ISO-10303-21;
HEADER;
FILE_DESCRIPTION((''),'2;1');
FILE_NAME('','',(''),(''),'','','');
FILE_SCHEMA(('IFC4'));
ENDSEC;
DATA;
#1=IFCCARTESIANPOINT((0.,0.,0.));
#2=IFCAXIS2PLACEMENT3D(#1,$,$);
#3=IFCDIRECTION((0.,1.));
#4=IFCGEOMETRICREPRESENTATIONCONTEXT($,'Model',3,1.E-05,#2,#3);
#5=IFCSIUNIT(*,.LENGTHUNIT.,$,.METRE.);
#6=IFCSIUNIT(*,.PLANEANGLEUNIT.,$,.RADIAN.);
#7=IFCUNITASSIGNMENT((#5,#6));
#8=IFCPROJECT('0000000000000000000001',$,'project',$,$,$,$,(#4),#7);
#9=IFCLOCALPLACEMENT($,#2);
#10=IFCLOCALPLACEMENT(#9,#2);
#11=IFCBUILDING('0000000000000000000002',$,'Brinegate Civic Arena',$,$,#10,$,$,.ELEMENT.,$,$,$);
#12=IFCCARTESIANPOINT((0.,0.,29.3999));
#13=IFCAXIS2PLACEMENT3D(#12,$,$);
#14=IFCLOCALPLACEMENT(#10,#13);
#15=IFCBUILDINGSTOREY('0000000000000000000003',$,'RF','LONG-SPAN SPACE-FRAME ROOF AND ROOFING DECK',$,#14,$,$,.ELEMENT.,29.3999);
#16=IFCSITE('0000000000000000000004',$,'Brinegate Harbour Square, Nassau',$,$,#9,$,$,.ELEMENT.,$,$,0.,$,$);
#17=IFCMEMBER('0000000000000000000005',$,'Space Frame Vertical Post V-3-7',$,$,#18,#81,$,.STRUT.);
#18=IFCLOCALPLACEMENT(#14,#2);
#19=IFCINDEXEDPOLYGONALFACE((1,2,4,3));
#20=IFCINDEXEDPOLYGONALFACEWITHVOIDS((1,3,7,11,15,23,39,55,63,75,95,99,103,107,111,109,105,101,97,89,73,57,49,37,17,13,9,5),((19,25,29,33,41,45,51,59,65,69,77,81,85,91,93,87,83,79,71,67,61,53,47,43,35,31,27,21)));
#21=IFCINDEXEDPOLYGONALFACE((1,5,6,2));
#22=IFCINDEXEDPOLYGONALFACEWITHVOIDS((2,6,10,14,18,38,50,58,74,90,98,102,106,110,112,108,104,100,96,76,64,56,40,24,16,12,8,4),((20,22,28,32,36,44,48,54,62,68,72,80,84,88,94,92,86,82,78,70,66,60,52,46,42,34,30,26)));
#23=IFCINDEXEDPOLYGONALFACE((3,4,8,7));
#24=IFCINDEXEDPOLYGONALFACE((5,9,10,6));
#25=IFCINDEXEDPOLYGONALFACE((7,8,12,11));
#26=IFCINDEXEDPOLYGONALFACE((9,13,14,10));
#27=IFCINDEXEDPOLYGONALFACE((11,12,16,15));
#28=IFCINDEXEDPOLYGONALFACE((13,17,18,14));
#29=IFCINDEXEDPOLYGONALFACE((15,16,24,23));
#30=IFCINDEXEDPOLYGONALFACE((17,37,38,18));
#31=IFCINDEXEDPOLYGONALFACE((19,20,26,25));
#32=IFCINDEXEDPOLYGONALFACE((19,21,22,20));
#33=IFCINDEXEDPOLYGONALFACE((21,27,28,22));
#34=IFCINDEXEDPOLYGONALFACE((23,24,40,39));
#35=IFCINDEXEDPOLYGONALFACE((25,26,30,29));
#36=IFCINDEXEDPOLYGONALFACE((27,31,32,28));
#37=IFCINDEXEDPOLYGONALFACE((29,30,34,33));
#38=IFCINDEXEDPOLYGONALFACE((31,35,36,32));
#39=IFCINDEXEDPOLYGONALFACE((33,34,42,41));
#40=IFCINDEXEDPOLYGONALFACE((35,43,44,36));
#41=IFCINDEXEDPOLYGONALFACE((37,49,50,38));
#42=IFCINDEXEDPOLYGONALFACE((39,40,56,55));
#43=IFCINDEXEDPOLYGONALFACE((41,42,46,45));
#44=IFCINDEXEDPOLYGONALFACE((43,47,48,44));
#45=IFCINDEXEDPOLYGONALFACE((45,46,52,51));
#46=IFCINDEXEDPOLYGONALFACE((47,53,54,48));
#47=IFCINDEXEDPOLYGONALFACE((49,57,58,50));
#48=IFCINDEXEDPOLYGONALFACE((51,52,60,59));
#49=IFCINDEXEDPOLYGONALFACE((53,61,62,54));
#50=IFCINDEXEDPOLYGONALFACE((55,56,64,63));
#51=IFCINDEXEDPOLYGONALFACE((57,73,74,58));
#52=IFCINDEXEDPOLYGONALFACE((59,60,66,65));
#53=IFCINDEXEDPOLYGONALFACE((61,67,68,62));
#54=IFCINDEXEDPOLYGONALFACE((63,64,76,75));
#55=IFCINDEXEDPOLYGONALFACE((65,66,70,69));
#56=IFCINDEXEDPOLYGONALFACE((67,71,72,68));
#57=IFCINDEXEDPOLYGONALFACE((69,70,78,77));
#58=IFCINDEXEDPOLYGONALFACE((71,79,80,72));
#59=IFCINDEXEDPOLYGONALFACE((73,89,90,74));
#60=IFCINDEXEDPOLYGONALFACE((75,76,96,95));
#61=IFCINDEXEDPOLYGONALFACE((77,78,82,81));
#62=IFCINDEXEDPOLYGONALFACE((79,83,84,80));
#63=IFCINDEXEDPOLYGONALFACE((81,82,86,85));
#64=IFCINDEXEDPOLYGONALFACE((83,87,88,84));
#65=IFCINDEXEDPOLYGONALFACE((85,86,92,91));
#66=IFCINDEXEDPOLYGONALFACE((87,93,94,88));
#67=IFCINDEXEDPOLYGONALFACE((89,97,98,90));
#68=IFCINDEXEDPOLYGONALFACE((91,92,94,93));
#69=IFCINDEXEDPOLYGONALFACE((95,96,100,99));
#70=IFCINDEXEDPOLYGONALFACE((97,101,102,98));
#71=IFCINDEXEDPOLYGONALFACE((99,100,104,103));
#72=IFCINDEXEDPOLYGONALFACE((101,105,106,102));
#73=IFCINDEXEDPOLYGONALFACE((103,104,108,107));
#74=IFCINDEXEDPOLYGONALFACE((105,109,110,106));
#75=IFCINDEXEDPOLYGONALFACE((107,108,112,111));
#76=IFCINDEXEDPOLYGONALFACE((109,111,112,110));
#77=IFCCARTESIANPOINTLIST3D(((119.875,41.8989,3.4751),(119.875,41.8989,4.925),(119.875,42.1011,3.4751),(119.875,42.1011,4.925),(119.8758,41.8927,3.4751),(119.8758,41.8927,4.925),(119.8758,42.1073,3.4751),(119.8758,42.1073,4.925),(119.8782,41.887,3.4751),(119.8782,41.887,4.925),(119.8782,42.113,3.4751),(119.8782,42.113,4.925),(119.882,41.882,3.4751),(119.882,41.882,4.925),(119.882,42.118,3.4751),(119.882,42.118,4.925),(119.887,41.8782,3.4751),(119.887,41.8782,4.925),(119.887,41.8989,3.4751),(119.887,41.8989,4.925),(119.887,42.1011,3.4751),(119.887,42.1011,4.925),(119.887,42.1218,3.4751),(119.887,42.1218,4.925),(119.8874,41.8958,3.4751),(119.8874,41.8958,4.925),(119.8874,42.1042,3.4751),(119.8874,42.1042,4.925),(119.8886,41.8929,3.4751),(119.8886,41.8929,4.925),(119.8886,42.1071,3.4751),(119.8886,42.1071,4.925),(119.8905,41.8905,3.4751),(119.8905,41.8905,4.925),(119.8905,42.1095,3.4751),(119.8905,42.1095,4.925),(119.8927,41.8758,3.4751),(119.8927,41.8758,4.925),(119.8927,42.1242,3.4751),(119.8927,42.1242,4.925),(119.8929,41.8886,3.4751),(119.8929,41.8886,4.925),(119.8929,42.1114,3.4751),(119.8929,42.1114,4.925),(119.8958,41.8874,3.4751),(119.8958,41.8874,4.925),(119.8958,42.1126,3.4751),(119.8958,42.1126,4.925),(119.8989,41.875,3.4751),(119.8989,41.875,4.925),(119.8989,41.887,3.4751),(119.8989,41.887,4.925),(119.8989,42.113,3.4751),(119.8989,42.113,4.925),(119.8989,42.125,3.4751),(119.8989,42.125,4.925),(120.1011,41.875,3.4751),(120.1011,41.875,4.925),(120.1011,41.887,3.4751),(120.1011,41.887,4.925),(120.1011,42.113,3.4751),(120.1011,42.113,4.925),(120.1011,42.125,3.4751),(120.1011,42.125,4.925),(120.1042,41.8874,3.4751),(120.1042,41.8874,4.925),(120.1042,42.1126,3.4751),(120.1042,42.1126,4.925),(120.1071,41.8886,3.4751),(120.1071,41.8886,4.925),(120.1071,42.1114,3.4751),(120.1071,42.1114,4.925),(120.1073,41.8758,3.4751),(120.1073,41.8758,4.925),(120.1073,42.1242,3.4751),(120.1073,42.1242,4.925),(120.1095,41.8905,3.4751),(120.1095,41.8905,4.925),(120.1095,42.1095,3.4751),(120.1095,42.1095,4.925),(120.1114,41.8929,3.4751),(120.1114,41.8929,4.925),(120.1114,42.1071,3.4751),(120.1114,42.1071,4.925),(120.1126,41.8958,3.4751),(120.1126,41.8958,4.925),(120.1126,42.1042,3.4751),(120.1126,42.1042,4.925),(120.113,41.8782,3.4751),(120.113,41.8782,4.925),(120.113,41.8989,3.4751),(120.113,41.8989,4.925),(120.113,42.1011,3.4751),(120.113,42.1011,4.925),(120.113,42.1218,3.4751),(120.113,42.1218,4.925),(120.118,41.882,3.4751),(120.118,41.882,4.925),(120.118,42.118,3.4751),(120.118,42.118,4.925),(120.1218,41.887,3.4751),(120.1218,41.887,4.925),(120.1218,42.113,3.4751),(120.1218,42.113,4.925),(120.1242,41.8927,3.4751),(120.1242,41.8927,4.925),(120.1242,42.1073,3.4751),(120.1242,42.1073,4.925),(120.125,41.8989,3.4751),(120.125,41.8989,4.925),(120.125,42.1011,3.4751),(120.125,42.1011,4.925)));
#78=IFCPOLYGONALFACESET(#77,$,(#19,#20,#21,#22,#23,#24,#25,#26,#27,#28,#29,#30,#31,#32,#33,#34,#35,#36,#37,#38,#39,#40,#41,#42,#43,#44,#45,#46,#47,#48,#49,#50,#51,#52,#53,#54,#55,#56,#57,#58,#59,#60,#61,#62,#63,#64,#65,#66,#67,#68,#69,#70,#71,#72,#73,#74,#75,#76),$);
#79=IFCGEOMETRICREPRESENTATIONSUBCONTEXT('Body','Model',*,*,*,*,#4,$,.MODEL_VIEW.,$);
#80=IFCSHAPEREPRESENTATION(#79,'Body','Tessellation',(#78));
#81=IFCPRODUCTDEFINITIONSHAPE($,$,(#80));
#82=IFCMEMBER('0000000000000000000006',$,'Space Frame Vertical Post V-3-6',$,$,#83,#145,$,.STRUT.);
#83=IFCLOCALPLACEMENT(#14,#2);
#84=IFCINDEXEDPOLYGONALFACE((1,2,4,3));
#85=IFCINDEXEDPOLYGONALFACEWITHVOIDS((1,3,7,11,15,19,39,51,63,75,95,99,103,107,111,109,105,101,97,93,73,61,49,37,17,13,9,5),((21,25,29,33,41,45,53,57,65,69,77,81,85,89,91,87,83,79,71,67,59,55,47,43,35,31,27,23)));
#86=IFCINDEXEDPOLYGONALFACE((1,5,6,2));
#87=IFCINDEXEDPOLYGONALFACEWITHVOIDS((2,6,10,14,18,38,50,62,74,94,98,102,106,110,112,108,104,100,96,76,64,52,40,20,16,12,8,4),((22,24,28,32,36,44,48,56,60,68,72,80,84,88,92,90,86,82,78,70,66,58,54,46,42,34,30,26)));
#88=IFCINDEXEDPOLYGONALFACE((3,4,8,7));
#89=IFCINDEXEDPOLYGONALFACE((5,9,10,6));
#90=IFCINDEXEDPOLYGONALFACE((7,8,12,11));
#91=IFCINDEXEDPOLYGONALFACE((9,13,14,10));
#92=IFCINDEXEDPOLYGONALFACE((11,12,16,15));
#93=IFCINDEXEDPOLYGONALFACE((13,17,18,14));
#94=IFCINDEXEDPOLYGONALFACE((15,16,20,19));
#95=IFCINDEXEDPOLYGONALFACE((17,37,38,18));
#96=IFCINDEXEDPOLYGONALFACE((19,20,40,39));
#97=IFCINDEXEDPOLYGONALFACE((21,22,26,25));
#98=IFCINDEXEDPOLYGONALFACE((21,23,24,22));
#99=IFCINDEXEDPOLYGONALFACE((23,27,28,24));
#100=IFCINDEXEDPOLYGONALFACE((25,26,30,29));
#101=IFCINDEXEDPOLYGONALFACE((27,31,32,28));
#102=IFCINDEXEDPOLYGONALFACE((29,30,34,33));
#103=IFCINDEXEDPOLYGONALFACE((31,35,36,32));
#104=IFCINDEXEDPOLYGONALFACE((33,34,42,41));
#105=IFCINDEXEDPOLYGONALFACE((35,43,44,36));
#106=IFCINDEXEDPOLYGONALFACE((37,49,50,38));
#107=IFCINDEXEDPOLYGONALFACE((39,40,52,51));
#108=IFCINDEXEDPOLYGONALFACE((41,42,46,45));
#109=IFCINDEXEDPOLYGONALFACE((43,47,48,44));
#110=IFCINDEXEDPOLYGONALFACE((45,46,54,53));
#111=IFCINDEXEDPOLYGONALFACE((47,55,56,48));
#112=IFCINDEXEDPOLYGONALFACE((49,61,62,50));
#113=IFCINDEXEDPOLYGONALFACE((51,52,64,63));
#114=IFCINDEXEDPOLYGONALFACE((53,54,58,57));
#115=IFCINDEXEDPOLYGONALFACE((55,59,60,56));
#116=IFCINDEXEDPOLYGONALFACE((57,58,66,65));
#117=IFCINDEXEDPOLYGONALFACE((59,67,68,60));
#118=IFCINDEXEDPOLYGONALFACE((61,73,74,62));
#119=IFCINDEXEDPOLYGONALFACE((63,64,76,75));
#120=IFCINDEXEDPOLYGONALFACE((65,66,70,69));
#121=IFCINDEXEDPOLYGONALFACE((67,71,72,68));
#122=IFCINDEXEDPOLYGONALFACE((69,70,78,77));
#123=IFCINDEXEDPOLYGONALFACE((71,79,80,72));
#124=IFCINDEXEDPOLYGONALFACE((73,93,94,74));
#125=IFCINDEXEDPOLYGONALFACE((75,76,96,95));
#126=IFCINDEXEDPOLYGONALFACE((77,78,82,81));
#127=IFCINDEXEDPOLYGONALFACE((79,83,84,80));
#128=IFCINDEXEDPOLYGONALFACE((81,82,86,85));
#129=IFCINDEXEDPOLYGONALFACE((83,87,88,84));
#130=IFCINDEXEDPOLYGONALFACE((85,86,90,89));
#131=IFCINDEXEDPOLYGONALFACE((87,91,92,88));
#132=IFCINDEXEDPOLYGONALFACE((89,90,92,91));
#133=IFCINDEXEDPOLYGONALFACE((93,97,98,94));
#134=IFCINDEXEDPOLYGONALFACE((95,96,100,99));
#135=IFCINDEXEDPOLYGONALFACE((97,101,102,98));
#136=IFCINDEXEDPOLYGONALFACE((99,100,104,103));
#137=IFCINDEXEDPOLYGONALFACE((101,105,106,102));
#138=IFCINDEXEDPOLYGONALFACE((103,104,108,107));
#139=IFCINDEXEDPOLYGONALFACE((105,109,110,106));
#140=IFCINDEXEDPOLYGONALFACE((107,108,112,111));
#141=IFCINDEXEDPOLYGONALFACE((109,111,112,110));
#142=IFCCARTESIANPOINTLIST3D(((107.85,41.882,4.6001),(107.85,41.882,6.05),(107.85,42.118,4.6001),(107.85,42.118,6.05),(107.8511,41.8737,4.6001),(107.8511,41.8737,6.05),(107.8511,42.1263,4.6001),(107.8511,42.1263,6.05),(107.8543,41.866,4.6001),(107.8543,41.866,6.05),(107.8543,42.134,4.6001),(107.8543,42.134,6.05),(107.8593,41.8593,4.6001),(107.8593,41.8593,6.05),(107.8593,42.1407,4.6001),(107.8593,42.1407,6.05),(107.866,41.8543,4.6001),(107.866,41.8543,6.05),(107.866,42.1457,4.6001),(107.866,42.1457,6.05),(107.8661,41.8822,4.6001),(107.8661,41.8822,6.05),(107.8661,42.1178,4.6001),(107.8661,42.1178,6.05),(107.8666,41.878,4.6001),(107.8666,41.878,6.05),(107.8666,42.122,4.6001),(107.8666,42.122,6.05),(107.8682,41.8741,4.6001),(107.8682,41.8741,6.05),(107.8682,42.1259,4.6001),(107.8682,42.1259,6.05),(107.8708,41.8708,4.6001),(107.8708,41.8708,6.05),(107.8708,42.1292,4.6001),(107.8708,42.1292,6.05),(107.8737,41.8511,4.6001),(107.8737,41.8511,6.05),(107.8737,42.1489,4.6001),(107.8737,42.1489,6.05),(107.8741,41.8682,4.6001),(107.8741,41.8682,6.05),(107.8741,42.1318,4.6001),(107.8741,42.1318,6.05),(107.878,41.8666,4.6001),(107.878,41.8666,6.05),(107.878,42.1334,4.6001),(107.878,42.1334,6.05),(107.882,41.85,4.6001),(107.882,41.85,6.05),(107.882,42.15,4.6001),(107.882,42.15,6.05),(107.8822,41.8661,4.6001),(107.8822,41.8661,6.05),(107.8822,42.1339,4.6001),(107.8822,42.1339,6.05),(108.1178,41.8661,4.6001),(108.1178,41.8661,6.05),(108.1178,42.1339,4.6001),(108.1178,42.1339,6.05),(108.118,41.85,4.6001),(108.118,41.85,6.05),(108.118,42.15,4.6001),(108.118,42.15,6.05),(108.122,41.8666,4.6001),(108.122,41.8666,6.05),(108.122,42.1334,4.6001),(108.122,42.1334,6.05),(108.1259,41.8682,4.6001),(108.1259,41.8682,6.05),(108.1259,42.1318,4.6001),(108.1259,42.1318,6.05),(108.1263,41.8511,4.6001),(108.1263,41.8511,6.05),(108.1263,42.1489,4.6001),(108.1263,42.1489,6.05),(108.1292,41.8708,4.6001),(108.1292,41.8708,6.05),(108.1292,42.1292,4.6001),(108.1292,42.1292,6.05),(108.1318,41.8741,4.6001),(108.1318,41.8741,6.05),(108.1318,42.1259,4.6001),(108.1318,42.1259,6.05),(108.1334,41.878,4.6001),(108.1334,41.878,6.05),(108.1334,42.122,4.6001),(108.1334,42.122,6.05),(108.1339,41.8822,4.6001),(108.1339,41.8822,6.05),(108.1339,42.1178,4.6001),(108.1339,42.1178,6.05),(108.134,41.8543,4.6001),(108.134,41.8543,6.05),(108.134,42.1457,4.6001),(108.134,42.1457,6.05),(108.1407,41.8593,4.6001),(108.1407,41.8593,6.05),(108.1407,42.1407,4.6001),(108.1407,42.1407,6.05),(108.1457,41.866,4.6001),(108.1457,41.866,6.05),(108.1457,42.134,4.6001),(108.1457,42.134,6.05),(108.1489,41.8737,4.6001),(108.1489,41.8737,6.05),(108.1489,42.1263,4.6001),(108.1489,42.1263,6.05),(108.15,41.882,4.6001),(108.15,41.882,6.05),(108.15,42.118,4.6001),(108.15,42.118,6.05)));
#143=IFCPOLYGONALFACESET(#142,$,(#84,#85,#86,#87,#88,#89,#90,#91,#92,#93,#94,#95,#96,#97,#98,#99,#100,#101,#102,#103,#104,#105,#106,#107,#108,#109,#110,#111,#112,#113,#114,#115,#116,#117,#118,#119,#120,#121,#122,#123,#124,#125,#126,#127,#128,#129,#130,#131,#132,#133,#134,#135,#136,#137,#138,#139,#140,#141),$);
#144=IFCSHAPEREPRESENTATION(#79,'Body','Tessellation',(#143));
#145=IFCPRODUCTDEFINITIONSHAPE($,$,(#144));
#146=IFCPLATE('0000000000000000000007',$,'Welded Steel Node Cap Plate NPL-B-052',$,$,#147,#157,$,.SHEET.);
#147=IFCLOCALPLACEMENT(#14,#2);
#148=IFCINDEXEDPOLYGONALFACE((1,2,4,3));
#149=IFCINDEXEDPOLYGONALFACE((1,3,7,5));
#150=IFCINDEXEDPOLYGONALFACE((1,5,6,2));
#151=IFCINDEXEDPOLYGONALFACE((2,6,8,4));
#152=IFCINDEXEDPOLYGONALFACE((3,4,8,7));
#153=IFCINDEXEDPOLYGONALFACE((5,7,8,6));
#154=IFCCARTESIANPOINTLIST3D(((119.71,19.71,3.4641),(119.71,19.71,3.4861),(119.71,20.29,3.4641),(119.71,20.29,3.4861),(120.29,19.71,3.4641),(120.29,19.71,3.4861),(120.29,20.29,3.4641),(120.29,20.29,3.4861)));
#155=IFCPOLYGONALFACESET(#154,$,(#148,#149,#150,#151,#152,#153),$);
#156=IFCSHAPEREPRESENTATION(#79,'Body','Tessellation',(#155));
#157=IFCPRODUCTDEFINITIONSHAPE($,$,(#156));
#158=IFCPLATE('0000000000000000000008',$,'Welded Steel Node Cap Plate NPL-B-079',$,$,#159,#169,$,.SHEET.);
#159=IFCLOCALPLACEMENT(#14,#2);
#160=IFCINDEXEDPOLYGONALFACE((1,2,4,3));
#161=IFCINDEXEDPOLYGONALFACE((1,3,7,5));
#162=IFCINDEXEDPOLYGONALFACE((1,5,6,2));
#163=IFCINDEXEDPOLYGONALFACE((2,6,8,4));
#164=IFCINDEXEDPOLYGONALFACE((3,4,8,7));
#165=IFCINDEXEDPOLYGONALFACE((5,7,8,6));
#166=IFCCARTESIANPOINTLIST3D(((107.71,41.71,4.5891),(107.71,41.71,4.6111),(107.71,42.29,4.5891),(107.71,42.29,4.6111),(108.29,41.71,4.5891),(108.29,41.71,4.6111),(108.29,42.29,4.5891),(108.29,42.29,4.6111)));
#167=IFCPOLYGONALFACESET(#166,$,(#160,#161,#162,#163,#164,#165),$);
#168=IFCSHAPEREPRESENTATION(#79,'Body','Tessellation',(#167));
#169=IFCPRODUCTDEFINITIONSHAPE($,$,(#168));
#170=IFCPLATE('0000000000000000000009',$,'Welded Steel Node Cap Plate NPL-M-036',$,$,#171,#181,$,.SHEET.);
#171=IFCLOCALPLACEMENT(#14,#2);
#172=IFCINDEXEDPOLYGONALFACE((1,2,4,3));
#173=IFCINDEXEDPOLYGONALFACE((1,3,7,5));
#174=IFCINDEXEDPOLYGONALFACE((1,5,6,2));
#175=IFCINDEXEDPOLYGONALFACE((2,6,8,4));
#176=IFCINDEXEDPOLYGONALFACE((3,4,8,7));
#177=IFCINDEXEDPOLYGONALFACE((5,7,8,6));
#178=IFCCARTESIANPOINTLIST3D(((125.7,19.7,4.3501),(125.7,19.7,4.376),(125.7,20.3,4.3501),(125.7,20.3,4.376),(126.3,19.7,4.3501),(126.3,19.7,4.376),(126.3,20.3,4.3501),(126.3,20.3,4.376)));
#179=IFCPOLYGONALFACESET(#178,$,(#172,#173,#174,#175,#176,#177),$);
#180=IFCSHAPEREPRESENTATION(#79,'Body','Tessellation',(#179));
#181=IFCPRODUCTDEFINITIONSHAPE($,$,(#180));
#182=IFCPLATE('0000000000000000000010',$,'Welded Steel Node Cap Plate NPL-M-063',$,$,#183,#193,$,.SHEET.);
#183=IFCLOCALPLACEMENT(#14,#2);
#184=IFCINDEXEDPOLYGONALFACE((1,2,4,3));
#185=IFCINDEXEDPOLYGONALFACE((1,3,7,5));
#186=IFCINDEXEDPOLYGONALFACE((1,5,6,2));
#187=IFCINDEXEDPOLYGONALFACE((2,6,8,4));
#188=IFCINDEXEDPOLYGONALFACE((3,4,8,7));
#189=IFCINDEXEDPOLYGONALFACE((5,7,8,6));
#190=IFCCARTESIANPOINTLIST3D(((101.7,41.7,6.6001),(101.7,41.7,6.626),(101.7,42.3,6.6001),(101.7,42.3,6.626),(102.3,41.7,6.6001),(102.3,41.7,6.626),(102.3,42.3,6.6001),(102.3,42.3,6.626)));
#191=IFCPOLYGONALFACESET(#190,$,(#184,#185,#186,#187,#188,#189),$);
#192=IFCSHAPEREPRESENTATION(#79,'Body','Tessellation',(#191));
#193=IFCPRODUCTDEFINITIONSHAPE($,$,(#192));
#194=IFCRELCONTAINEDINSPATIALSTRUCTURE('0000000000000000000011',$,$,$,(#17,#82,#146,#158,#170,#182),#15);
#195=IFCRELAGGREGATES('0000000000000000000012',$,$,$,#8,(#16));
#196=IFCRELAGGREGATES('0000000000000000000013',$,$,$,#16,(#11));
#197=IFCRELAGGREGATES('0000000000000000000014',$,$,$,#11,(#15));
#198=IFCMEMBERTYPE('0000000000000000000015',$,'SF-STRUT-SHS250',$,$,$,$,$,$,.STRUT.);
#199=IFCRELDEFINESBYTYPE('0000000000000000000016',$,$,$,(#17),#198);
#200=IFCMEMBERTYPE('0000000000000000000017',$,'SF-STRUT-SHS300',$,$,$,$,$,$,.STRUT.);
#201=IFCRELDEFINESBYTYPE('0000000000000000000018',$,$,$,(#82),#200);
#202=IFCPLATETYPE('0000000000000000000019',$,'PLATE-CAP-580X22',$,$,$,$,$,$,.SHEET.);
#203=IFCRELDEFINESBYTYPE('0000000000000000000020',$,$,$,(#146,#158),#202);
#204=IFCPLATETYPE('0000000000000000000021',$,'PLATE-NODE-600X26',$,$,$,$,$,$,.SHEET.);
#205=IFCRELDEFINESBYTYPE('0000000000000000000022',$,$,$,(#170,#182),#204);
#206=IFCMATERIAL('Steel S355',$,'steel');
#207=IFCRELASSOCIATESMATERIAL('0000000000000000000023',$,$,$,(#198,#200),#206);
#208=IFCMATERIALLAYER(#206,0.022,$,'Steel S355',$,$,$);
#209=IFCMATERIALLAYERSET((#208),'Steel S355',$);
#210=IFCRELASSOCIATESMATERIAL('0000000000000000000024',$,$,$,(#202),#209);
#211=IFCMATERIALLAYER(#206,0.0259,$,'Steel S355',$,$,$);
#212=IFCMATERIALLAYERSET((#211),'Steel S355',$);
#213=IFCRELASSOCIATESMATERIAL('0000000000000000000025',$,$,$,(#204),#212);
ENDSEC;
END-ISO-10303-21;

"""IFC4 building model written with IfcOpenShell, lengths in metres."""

from ifc_helpers import new_model, si_unit, direction, frame, origin, origin_2d, place, context, subcontext, project, spatial, rectangle, hollow_rectangle, extrude, material, layer, layer_set, material_profile, profile_set, type_object, element, save


model = new_model("IFC4")

# Units and contexts
model_context = context("Model", 3, precision=1e-05, world=origin(), true_north=direction((0.0, 1.0)))
body_context = subcontext(model_context, "Body", "Model", "MODEL_VIEW")
ifc_project = project(units=[si_unit("LENGTHUNIT", "METRE"), si_unit("PLANEANGLEUNIT", "RADIAN")], contexts=[model_context])

# Site, building, storey
site_placement = place(None, origin())
site = spatial("IfcSite", under=ifc_project, at=site_placement, Name="Brinegate Harbour Square, Nassau", CompositionType="ELEMENT", RefElevation=0.0)
building_placement = place(site_placement, origin())
building = spatial("IfcBuilding", under=site, at=building_placement, Name="Brinegate Civic Arena", CompositionType="ELEMENT")
storey_placement = place(building_placement, frame((0.0, 0.0, 29.3999)))
storey = spatial("IfcBuildingStorey", under=building, at=storey_placement, Name="RF", Description="LONG-SPAN SPACE-FRAME ROOF AND ROOFING DECK", CompositionType="ELEMENT", Elevation=29.3999)

# Members
ifc_material = material(Name="Steel S355", Category="steel")
ifc_material_profile_1 = material_profile(ifc_material, hollow_rectangle(XDim=0.25, YDim=0.25, WallThickness=0.012, InnerFilletRadius=0.012, OuterFilletRadius=0.0239, at=origin_2d()), Name="SHS250X12")
ifc_profile_set_1 = profile_set([ifc_material_profile_1], Name="Steel S355")
member_type_1 = type_object("IfcMemberType", Name="SF-STRUT-SHS250", PredefinedType="STRUT", material=ifc_profile_set_1)
for number, where, z_axis, x_axis, name in (
    (1, (120.0, 42.0, 3.4751), (0.0, 0.0, 1.0), (1.0, 0.0, 0.0), "Space Frame Vertical Post V-3-7"),
):
    element("IfcMember", number, at=place(storey_placement, frame(where, z_axis=z_axis, x_axis=x_axis)), inside=storey, type_object=member_type_1, Name=name, PredefinedType="STRUT", context=body_context, shape_type="SweptSolid", body=[
        extrude(hollow_rectangle(XDim=0.25, YDim=0.25, WallThickness=0.012, InnerFilletRadius=0.012, OuterFilletRadius=0.0239, at=origin_2d()), origin(), (0.0, 0.0, 1.0), 1.45),
    ])
ifc_material_profile_2 = material_profile(ifc_material, hollow_rectangle(XDim=0.3, YDim=0.3, WallThickness=0.0161, InnerFilletRadius=0.0161, OuterFilletRadius=0.032, at=origin_2d()), Name="SHS300X16")
ifc_profile_set_2 = profile_set([ifc_material_profile_2], Name="Steel S355")
member_type_2 = type_object("IfcMemberType", Name="SF-STRUT-SHS300", PredefinedType="STRUT", material=ifc_profile_set_2)
member_1_placement = place(storey_placement, frame((108.0, 42.0, 4.6001), z_axis=(0.0, 0.0, 1.0), x_axis=(1.0, 0.0, 0.0)))
element("IfcMember", 2, at=member_1_placement, inside=storey, type_object=member_type_2, Name="Space Frame Vertical Post V-3-6", PredefinedType="STRUT", context=body_context, shape_type="SweptSolid", body=[
    extrude(hollow_rectangle(XDim=0.3, YDim=0.3, WallThickness=0.0161, InnerFilletRadius=0.0161, OuterFilletRadius=0.032, at=origin_2d()), origin(), (0.0, 0.0, 1.0), 1.45),
])

# Plates
ifc_layer_1 = layer(ifc_material, 0.022, Name="Steel S355")
ifc_layer_set_1 = layer_set([ifc_layer_1], Name="Steel S355")
plate_type_1 = type_object("IfcPlateType", Name="PLATE-CAP-580X22", PredefinedType="SHEET", material=ifc_layer_set_1)
for number, where, z_axis, x_axis, name in (
    (3, (120.0, 20.0, 3.4641), (0.0, 0.0, 1.0), (1.0, 0.0, 0.0), "Welded Steel Node Cap Plate NPL-B-052"),
    (4, (108.0, 42.0, 4.5891), (0.0, 0.0, 1.0), (1.0, 0.0, 0.0), "Welded Steel Node Cap Plate NPL-B-079"),
):
    element("IfcPlate", number, at=place(storey_placement, frame(where, z_axis=z_axis, x_axis=x_axis)), inside=storey, type_object=plate_type_1, Name=name, PredefinedType="SHEET", context=body_context, shape_type="SweptSolid", body=[
        extrude(rectangle(XDim=0.5801, YDim=0.5801, at=origin_2d()), origin(), (0.0, 0.0, 1.0), 0.022),
    ])
ifc_layer_2 = layer(ifc_material, 0.0259, Name="Steel S355")
ifc_layer_set_2 = layer_set([ifc_layer_2], Name="Steel S355")
plate_type_2 = type_object("IfcPlateType", Name="PLATE-NODE-600X26", PredefinedType="SHEET", material=ifc_layer_set_2)
for number, where, z_axis, x_axis, name in (
    (5, (126.0, 20.0, 4.3501), (0.0, 0.0, 1.0), (1.0, 0.0, 0.0), "Welded Steel Node Cap Plate NPL-M-036"),
    (6, (102.0, 42.0, 6.6001), (0.0, 0.0, 1.0), (1.0, 0.0, 0.0), "Welded Steel Node Cap Plate NPL-M-063"),
):
    element("IfcPlate", number, at=place(storey_placement, frame(where, z_axis=z_axis, x_axis=x_axis)), inside=storey, type_object=plate_type_2, Name=name, PredefinedType="SHEET", context=body_context, shape_type="SweptSolid", body=[
        extrude(rectangle(XDim=0.6001, YDim=0.6001, at=origin_2d()), origin(), (0.0, 0.0, 1.0), 0.0259),
    ])

save(model, "model.ifc")
